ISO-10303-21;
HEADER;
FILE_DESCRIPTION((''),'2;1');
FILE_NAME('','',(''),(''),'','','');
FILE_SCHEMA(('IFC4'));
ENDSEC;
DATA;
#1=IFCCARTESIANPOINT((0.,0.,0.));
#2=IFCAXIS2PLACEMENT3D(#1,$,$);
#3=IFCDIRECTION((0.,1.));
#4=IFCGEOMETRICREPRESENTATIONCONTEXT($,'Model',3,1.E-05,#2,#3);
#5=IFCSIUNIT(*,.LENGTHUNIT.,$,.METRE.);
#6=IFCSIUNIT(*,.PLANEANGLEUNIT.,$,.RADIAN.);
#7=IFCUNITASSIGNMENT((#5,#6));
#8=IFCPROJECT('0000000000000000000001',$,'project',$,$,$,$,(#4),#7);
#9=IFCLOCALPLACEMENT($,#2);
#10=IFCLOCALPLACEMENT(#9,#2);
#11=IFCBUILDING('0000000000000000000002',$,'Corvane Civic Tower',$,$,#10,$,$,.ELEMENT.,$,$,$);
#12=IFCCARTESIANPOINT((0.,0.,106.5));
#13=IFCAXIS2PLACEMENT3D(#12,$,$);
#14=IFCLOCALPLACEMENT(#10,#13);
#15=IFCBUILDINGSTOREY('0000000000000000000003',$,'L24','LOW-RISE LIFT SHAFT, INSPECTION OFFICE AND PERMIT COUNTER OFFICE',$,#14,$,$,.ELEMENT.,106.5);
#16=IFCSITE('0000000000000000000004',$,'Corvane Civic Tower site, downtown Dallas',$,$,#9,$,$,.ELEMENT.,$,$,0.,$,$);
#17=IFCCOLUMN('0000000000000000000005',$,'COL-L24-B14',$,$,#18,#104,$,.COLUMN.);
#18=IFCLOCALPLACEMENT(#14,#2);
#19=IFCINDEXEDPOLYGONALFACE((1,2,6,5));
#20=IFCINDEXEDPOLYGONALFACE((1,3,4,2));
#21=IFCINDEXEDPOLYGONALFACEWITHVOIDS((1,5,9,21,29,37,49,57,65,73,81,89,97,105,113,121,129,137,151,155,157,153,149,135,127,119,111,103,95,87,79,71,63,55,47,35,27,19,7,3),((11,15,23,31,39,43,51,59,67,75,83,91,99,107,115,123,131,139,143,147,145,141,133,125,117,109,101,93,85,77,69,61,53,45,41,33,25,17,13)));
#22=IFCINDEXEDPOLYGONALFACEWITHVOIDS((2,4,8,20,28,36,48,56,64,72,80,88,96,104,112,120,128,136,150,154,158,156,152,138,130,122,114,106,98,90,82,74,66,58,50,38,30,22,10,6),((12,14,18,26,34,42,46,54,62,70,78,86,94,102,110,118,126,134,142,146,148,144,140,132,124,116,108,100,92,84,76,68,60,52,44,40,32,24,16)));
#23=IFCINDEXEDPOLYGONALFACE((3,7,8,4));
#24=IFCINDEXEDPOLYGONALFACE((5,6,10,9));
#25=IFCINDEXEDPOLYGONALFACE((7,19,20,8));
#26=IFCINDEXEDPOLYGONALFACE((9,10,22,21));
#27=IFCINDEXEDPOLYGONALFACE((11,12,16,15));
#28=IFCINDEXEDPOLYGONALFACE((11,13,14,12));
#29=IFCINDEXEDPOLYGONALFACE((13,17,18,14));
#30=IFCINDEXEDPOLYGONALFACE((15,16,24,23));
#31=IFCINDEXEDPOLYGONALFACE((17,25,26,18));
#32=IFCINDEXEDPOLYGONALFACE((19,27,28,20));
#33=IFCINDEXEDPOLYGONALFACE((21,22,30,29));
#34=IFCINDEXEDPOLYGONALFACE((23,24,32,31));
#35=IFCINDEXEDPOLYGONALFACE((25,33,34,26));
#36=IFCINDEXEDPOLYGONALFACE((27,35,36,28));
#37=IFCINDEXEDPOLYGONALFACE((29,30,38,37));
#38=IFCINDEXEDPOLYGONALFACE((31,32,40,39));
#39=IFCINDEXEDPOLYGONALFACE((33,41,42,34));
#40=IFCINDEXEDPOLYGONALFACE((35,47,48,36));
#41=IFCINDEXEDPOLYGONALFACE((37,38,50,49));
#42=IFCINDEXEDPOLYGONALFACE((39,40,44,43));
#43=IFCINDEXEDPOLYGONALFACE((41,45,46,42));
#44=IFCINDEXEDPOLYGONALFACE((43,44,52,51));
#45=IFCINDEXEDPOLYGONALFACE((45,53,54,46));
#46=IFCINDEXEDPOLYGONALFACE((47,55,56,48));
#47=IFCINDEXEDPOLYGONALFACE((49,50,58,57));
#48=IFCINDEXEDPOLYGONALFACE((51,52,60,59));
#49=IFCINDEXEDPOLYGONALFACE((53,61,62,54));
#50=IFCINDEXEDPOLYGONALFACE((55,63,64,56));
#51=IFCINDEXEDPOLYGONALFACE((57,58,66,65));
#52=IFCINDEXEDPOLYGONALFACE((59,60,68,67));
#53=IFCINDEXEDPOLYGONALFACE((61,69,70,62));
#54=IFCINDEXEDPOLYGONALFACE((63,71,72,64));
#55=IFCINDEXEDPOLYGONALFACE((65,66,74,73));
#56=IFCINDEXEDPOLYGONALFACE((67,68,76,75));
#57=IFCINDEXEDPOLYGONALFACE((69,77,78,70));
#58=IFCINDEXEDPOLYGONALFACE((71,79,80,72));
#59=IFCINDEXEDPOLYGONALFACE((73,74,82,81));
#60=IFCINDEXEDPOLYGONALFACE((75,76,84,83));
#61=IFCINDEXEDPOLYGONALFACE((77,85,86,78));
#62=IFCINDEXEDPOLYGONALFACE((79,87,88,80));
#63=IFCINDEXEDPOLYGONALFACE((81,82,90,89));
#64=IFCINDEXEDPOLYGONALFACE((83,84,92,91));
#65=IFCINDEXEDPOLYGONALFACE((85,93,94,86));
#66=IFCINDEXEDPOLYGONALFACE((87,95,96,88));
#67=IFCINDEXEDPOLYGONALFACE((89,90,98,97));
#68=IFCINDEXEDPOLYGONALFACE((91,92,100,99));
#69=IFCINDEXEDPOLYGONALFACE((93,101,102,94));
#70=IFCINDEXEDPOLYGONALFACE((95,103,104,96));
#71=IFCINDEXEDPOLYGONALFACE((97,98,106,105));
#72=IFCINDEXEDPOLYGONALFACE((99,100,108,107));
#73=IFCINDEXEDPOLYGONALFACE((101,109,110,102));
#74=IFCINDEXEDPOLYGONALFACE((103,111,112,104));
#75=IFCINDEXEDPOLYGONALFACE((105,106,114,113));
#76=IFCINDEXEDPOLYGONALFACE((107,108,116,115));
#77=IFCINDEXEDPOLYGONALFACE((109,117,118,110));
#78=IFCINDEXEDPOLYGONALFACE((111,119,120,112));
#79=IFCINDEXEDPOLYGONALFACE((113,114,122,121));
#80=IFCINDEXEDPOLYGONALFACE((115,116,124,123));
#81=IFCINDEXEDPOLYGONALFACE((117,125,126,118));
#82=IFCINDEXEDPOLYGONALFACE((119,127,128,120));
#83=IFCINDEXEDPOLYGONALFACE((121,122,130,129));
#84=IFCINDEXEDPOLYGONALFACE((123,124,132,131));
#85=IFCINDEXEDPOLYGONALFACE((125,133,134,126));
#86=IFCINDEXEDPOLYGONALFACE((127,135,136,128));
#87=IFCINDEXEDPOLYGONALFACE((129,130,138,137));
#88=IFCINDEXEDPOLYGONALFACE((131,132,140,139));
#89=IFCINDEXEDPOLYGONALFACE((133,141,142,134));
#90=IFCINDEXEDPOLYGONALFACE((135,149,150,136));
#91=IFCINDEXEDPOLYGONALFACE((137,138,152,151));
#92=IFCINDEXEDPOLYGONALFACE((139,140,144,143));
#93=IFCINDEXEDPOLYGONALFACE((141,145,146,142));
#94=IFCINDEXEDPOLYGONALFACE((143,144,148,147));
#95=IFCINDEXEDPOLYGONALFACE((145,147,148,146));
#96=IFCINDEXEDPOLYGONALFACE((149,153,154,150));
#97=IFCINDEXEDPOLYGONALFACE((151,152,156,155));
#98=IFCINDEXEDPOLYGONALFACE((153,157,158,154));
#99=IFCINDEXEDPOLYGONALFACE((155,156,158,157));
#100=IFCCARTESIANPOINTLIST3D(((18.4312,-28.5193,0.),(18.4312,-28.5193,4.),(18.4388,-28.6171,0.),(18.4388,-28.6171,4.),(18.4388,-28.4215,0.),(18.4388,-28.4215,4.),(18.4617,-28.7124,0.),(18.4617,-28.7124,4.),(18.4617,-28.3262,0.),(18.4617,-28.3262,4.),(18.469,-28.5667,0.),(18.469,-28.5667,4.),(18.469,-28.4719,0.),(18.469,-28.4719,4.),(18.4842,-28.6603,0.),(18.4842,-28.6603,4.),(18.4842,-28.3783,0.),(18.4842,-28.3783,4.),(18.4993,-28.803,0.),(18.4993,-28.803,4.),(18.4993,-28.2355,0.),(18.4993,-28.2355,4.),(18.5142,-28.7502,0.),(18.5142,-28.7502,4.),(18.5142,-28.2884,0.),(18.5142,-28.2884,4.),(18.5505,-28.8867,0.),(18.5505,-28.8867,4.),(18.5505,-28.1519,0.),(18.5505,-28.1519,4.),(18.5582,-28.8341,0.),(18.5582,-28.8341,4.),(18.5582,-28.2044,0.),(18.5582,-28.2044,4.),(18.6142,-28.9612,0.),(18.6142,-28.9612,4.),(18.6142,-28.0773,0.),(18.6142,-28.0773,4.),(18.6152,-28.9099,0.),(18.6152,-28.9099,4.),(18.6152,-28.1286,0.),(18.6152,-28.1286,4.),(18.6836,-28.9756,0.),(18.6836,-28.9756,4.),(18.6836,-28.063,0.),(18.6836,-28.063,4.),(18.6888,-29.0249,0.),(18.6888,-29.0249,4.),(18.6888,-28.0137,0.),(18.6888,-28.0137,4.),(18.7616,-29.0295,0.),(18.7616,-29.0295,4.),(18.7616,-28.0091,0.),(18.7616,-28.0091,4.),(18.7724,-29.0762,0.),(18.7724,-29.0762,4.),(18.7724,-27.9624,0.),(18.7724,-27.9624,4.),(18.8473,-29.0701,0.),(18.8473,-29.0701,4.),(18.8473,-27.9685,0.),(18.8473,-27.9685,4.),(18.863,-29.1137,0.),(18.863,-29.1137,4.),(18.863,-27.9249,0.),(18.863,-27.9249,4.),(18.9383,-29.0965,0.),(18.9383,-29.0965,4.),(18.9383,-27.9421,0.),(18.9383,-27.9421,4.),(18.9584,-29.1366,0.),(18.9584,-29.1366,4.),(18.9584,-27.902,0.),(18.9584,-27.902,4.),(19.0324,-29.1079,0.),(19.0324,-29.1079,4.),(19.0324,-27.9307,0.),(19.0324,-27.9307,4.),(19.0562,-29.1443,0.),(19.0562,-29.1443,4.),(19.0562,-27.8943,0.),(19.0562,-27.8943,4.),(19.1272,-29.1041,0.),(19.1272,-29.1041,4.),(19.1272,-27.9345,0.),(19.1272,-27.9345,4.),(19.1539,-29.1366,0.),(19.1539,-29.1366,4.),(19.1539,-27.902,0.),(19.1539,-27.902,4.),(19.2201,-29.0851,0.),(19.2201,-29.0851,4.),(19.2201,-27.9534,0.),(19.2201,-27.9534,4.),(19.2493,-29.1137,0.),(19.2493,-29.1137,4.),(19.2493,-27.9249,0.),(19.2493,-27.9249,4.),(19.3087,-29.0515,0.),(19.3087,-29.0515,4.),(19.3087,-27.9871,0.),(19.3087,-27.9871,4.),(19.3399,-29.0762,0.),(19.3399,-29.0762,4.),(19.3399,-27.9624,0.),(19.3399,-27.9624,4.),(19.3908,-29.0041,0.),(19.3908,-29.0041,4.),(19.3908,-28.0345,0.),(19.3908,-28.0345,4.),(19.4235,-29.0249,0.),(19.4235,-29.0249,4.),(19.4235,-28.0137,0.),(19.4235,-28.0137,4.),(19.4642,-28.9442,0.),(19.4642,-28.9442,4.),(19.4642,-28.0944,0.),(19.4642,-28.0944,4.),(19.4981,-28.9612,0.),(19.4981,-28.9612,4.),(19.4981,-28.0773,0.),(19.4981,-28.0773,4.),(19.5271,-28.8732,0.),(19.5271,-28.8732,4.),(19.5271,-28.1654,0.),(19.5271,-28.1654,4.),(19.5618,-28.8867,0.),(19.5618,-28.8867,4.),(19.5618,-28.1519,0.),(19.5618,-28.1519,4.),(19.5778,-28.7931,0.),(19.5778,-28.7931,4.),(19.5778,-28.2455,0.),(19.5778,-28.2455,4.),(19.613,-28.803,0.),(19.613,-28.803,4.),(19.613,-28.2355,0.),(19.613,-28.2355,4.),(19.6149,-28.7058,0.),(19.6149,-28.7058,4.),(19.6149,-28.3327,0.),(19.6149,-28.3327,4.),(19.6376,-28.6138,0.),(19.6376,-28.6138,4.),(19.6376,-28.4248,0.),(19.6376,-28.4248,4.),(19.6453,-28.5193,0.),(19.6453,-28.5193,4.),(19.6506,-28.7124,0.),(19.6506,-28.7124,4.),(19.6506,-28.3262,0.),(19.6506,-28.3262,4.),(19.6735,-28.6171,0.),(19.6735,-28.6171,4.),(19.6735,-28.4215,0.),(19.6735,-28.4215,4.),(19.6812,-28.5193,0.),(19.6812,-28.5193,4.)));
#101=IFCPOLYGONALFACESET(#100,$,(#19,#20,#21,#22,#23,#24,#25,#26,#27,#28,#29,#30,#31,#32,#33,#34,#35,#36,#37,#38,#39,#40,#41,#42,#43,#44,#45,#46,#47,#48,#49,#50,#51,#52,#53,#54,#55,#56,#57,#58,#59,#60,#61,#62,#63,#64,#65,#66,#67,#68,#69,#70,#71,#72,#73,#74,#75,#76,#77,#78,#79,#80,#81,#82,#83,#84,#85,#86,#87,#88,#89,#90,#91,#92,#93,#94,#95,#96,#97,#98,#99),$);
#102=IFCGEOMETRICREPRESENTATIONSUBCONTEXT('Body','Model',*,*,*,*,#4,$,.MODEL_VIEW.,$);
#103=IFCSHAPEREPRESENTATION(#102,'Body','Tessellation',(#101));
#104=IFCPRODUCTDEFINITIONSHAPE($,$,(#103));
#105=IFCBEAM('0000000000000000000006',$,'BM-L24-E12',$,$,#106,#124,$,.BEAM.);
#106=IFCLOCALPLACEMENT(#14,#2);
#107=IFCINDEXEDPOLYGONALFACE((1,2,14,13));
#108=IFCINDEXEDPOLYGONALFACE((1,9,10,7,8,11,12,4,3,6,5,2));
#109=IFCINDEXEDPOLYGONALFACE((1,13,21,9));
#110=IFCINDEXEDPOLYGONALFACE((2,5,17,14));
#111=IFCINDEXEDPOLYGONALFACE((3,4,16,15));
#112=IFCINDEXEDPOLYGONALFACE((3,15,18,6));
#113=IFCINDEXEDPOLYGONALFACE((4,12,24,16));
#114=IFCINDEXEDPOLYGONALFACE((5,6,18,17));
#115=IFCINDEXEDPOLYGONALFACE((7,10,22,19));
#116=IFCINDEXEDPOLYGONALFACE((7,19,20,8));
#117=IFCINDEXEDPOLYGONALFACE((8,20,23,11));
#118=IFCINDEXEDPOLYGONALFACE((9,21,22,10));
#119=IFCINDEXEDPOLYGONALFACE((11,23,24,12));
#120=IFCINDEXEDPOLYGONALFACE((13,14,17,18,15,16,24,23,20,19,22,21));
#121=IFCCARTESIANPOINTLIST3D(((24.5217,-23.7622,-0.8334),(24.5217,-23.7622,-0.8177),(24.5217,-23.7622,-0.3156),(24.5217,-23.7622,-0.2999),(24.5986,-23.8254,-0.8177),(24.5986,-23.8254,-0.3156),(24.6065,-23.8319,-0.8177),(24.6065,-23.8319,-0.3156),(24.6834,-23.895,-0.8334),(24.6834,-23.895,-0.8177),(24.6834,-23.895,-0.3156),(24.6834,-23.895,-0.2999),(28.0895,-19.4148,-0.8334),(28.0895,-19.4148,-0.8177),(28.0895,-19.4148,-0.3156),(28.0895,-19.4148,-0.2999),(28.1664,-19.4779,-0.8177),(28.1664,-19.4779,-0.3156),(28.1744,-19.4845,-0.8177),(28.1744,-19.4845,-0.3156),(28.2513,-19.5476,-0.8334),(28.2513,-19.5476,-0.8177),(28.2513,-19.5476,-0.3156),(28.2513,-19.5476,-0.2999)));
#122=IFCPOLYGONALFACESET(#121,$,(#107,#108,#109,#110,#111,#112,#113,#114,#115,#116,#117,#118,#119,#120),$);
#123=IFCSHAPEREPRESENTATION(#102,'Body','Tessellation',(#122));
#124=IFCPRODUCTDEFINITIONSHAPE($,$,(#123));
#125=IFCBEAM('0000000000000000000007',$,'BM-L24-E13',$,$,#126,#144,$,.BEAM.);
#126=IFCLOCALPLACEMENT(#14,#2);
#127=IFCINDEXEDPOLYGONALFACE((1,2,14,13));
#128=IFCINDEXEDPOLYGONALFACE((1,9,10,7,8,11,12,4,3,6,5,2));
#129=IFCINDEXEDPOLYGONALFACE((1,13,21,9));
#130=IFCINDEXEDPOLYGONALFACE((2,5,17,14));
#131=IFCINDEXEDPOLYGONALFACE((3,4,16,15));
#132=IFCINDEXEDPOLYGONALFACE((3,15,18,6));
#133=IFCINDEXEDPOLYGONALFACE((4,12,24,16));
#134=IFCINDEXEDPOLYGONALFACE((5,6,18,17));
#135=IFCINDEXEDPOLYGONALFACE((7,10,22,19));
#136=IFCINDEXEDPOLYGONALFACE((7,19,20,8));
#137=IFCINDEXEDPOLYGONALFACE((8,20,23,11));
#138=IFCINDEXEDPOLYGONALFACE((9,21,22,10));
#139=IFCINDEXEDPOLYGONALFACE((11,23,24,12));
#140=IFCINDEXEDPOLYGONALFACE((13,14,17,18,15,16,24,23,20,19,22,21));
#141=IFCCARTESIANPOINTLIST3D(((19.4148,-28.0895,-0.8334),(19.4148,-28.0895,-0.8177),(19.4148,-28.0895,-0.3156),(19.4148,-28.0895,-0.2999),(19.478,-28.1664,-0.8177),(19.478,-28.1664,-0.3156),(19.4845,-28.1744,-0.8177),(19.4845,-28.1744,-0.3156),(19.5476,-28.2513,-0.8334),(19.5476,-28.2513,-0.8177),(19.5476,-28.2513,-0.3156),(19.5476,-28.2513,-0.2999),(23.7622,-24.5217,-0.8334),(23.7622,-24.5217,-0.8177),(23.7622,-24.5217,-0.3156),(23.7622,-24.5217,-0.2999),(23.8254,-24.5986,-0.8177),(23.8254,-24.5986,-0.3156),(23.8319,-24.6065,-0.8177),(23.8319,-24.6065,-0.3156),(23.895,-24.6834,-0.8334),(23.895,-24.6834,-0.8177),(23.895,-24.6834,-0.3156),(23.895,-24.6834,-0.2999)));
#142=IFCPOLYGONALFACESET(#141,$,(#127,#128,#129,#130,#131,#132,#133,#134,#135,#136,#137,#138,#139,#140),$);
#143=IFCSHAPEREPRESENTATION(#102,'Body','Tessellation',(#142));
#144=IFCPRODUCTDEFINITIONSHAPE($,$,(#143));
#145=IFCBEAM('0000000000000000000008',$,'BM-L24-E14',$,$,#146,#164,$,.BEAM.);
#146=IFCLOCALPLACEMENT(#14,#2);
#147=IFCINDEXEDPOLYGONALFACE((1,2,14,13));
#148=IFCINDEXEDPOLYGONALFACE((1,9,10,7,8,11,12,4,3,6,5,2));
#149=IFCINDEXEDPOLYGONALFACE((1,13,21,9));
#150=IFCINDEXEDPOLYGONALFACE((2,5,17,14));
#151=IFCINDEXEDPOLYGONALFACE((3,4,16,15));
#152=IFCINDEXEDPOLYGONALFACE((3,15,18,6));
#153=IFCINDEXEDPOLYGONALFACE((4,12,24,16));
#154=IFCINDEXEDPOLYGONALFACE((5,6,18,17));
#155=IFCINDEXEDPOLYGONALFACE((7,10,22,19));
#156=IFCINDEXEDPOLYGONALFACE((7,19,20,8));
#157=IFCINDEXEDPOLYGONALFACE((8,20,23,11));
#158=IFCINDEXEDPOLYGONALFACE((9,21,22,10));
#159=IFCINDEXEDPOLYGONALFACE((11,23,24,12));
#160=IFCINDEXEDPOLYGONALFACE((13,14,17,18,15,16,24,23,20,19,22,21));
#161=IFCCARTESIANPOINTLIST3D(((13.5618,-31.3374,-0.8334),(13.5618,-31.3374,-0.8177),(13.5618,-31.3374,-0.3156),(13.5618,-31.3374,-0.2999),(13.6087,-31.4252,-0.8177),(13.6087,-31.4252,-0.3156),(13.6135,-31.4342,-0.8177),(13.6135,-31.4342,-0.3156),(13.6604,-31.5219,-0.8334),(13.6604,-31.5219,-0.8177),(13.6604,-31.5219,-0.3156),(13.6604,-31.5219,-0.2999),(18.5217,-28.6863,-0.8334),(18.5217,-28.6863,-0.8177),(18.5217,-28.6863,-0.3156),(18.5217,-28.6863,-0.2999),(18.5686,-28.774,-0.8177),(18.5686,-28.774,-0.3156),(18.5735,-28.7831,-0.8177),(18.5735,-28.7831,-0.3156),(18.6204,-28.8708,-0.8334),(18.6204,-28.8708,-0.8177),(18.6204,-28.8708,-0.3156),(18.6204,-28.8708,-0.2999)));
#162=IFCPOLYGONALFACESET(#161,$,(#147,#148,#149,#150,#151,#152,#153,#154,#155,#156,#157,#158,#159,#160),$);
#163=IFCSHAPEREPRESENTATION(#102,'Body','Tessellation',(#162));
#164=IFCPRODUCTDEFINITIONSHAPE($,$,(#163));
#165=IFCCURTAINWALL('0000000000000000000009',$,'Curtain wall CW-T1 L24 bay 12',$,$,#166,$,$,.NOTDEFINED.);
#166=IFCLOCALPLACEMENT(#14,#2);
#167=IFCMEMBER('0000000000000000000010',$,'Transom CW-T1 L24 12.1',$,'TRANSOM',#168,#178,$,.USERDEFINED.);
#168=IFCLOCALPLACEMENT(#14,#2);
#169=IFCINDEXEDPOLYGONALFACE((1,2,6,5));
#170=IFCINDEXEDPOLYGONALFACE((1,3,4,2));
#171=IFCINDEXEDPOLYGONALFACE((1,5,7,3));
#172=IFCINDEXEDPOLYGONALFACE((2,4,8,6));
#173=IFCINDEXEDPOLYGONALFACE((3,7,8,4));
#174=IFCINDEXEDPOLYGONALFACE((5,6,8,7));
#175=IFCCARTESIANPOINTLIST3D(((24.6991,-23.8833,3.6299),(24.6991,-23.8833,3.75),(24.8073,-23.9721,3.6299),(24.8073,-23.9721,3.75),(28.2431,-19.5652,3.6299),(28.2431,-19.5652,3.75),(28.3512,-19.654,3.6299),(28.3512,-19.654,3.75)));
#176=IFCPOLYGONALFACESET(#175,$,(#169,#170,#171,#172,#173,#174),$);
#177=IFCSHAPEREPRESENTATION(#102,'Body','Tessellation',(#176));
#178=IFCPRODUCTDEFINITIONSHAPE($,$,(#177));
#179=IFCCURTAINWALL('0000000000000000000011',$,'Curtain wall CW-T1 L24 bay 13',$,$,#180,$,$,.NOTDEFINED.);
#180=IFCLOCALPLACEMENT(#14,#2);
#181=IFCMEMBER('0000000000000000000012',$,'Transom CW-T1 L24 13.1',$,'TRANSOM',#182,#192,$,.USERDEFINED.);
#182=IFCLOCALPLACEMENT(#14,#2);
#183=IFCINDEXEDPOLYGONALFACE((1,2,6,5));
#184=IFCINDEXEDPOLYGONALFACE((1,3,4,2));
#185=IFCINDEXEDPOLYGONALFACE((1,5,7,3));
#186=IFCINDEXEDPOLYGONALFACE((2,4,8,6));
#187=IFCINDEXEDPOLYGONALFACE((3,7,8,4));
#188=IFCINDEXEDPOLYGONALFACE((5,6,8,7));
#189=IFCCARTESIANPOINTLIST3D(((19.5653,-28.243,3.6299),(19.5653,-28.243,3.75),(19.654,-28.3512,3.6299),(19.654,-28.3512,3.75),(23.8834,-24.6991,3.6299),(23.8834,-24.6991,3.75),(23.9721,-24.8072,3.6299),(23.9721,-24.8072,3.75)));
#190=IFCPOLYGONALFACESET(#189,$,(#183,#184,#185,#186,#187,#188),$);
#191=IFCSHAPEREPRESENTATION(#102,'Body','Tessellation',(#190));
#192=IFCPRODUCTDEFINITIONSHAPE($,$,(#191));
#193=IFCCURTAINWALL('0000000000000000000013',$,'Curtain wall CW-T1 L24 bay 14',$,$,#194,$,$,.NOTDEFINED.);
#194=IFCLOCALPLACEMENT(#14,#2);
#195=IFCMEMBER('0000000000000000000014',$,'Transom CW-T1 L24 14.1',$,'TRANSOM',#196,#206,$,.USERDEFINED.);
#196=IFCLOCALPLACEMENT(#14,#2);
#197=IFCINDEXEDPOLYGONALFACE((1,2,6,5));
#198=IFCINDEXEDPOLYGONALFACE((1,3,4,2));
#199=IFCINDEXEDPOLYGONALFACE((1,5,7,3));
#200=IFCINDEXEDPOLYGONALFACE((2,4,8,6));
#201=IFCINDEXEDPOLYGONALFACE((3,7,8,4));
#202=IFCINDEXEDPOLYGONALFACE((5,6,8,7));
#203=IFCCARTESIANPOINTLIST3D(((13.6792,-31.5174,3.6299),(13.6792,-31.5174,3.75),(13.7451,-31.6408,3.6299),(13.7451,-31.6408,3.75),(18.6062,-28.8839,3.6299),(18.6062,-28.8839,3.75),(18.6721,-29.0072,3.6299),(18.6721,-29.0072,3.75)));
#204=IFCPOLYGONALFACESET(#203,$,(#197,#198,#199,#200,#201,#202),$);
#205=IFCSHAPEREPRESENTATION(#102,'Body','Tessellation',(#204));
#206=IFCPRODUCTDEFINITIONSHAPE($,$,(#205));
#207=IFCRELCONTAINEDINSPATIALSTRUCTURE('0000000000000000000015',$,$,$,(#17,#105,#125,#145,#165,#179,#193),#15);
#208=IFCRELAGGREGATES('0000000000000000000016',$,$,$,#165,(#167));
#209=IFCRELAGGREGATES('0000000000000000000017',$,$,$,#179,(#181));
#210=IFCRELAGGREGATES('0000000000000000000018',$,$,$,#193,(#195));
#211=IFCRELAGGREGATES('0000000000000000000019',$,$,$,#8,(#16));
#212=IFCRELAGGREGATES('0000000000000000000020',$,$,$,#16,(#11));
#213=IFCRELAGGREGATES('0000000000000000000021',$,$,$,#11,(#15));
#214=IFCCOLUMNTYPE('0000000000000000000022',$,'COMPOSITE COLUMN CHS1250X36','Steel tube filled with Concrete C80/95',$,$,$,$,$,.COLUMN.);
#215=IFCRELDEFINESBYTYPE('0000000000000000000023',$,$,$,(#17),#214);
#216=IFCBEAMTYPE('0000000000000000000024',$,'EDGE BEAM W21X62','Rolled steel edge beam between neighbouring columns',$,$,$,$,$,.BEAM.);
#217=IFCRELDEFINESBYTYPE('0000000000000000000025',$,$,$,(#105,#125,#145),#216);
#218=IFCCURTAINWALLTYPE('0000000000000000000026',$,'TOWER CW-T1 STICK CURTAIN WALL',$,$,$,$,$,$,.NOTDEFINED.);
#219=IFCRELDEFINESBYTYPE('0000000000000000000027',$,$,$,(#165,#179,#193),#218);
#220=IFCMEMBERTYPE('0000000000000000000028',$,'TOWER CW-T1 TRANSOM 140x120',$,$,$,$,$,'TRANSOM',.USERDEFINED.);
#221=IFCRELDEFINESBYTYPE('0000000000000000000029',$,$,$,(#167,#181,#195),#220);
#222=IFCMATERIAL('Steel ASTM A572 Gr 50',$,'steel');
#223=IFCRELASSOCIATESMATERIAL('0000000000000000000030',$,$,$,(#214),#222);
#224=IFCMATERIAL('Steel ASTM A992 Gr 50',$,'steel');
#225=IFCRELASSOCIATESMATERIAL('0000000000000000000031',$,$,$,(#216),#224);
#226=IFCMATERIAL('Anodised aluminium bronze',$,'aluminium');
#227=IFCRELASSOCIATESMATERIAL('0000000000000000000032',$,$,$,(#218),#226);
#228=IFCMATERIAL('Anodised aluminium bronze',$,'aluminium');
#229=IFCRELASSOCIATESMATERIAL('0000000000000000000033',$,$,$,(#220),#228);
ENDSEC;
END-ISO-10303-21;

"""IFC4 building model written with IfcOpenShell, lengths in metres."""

from ifc_helpers import new_model, si_unit, direction, frame, origin, origin_2d, place, context, subcontext, project, spatial, rectangle, hollow_circle, i_section, extrude, material, material_profile, profile_set, type_object, element, aggregate, save


model = new_model("IFC4")

# Units and contexts
model_context = context("Model", 3, precision=1e-05, world=origin(), true_north=direction((0.0, 1.0)))
body_context = subcontext(model_context, "Body", "Model", "MODEL_VIEW")
ifc_project = project(units=[si_unit("LENGTHUNIT", "METRE"), si_unit("PLANEANGLEUNIT", "RADIAN")], contexts=[model_context])

# Site, building, storey
site_placement = place(None, origin())
site = spatial("IfcSite", under=ifc_project, at=site_placement, Name="Corvane Civic Tower site, downtown Dallas", CompositionType="ELEMENT", RefElevation=0.0)
building_placement = place(site_placement, origin())
building = spatial("IfcBuilding", under=site, at=building_placement, Name="Corvane Civic Tower", CompositionType="ELEMENT")
storey_placement = place(building_placement, frame((0.0, 0.0, 106.5)))
storey = spatial("IfcBuildingStorey", under=building, at=storey_placement, Name="L24", Description="LOW-RISE LIFT SHAFT, INSPECTION OFFICE AND PERMIT COUNTER OFFICE", CompositionType="ELEMENT", Elevation=106.5)

# Column
ifc_material_1 = material(Name="Steel ASTM A572 Gr 50", Category="steel")
ifc_material_profile_1 = material_profile(ifc_material_1, hollow_circle(Radius=0.625, WallThickness=0.0359, at=origin_2d()), Name="CHS1250X36")
ifc_profile_set_1 = profile_set([ifc_material_profile_1], Name="Steel ASTM A572 Gr 50")
column_type = type_object("IfcColumnType", Name="COMPOSITE COLUMN CHS1250X36", Description="Steel tube filled with Concrete C80/95", PredefinedType="COLUMN", material=ifc_profile_set_1)
for number, where, z_axis, x_axis, name in (
    (1, (19.0562, -28.5193, 0.0), (0.0, 0.0, 1.0), (1.0, 0.0, 0.0), "COL-L24-B14"),
):
    element("IfcColumn", number, at=place(storey_placement, frame(where, z_axis=z_axis, x_axis=x_axis)), inside=storey, type_object=column_type, Name=name, PredefinedType="COLUMN", context=body_context, shape_type="SweptSolid", body=[
        extrude(hollow_circle(Radius=0.625, WallThickness=0.0359, at=origin_2d()), origin(), (0.0, 0.0, 1.0), 4.0),
    ])

# Beams
ifc_material_2 = material(Name="Steel ASTM A992 Gr 50", Category="steel")
ifc_material_profile_2 = material_profile(ifc_material_2, i_section(OverallWidth=0.2092, OverallDepth=0.5334, WebThickness=0.0103, FlangeThickness=0.0156, at=origin_2d()), Name="W21X62")
ifc_profile_set_2 = profile_set([ifc_material_profile_2], Name="Steel ASTM A992 Gr 50")
beam_type = type_object("IfcBeamType", Name="EDGE BEAM W21X62", Description="Rolled steel edge beam between neighbouring columns", PredefinedType="BEAM", material=ifc_profile_set_2)
for number, where, z_axis, x_axis, name in (
    (2, (28.1704, -19.4812, -0.5667), (-0.634398, -0.773007, 0.0), (0.773007, -0.634398, 0.0), "BM-L24-E12"),
    (3, (23.8286, -24.6025, -0.5667), (-0.773007, -0.634398, 0.0), (0.634398, -0.773007, 0.0), "BM-L24-E13"),
    (4, (18.571, -28.7786, -0.5667), (-0.881924, -0.471392, 0.0), (0.471392, -0.881924, 0.0), "BM-L24-E14"),
):
    element("IfcBeam", number, at=place(storey_placement, frame(where, z_axis=z_axis, x_axis=x_axis)), inside=storey, type_object=beam_type, Name=name, PredefinedType="BEAM", context=body_context, shape_type="SweptSolid", body=[
        extrude(i_section(OverallWidth=0.2092, OverallDepth=0.5334, WebThickness=0.0103, FlangeThickness=0.0156, at=origin_2d()), origin(), (0.0, 0.0, 1.0), 5.624),
    ])

# Curtain walls, members
ifc_material_3 = material(Name="Anodised aluminium bronze", Category="aluminium")
curtain_wall_type = type_object("IfcCurtainWallType", Name="TOWER CW-T1 STICK CURTAIN WALL", PredefinedType="NOTDEFINED", material=ifc_material_3)
curtain_wall_1_placement = place(storey_placement, origin())
curtain_wall_1 = element("IfcCurtainWall", 5, at=curtain_wall_1_placement, inside=storey, type_object=curtain_wall_type, Name="Curtain wall CW-T1 L24 bay 12", PredefinedType="NOTDEFINED")
ifc_material_4 = material(Name="Anodised aluminium bronze", Category="aluminium")
ifc_material_profile_3 = material_profile(ifc_material_4, rectangle(XDim=0.1399, YDim=0.1201, at=origin_2d()), Name="TOWER CW-T1 TRANSOM 140x120")
ifc_profile_set_3 = profile_set([ifc_material_profile_3], Name="Anodised aluminium bronze")
member_type = type_object("IfcMemberType", Name="TOWER CW-T1 TRANSOM 140x120", ElementType="TRANSOM", PredefinedType="USERDEFINED", material=ifc_profile_set_3)
member_1_placement = place(storey_placement, frame((28.2971, -19.6096, 3.6899), z_axis=(-0.63441, -0.772996, 0.0), x_axis=(0.772996, -0.63441, 0.0)))
member_1 = element("IfcMember", 6, at=member_1_placement, type_object=member_type, Name="Transom CW-T1 L24 12.1", ObjectType="TRANSOM", PredefinedType="USERDEFINED", context=body_context, shape_type="SweptSolid", body=[
    extrude(rectangle(XDim=0.1399, YDim=0.1201, at=origin_2d()), origin(), (0.0, 0.0, 1.0), 5.5862),
])
curtain_wall_2_placement = place(storey_placement, origin())
curtain_wall_2 = element("IfcCurtainWall", 7, at=curtain_wall_2_placement, inside=storey, type_object=curtain_wall_type, Name="Curtain wall CW-T1 L24 bay 13", PredefinedType="NOTDEFINED")
member_2_placement = place(storey_placement, frame((23.9277, -24.7532, 3.6899), z_axis=(-0.772996, -0.63441, 0.0), x_axis=(0.63441, -0.772996, 0.0)))
member_2 = element("IfcMember", 8, at=member_2_placement, type_object=member_type, Name="Transom CW-T1 L24 13.1", ObjectType="TRANSOM", PredefinedType="USERDEFINED", context=body_context, shape_type="SweptSolid", body=[
    extrude(rectangle(XDim=0.1399, YDim=0.1201, at=origin_2d()), origin(), (0.0, 0.0, 1.0), 5.5862),
])
curtain_wall_3_placement = place(storey_placement, origin())
curtain_wall_3 = element("IfcCurtainWall", 9, at=curtain_wall_3_placement, inside=storey, type_object=curtain_wall_type, Name="Curtain wall CW-T1 L24 bay 14", PredefinedType="NOTDEFINED")
member_3_placement = place(storey_placement, frame((18.6392, -28.9456, 3.6899), z_axis=(-0.881921, -0.471398, 0.0), x_axis=(0.471398, -0.881921, 0.0)))
member_3 = element("IfcMember", 10, at=member_3_placement, type_object=member_type, Name="Transom CW-T1 L24 14.1", ObjectType="TRANSOM", PredefinedType="USERDEFINED", context=body_context, shape_type="SweptSolid", body=[
    extrude(rectangle(XDim=0.1399, YDim=0.1201, at=origin_2d()), origin(), (0.0, 0.0, 1.0), 5.5867),
])

aggregate(curtain_wall_1, [member_1])
aggregate(curtain_wall_2, [member_2])
aggregate(curtain_wall_3, [member_3])

save(model, "model.ifc")
